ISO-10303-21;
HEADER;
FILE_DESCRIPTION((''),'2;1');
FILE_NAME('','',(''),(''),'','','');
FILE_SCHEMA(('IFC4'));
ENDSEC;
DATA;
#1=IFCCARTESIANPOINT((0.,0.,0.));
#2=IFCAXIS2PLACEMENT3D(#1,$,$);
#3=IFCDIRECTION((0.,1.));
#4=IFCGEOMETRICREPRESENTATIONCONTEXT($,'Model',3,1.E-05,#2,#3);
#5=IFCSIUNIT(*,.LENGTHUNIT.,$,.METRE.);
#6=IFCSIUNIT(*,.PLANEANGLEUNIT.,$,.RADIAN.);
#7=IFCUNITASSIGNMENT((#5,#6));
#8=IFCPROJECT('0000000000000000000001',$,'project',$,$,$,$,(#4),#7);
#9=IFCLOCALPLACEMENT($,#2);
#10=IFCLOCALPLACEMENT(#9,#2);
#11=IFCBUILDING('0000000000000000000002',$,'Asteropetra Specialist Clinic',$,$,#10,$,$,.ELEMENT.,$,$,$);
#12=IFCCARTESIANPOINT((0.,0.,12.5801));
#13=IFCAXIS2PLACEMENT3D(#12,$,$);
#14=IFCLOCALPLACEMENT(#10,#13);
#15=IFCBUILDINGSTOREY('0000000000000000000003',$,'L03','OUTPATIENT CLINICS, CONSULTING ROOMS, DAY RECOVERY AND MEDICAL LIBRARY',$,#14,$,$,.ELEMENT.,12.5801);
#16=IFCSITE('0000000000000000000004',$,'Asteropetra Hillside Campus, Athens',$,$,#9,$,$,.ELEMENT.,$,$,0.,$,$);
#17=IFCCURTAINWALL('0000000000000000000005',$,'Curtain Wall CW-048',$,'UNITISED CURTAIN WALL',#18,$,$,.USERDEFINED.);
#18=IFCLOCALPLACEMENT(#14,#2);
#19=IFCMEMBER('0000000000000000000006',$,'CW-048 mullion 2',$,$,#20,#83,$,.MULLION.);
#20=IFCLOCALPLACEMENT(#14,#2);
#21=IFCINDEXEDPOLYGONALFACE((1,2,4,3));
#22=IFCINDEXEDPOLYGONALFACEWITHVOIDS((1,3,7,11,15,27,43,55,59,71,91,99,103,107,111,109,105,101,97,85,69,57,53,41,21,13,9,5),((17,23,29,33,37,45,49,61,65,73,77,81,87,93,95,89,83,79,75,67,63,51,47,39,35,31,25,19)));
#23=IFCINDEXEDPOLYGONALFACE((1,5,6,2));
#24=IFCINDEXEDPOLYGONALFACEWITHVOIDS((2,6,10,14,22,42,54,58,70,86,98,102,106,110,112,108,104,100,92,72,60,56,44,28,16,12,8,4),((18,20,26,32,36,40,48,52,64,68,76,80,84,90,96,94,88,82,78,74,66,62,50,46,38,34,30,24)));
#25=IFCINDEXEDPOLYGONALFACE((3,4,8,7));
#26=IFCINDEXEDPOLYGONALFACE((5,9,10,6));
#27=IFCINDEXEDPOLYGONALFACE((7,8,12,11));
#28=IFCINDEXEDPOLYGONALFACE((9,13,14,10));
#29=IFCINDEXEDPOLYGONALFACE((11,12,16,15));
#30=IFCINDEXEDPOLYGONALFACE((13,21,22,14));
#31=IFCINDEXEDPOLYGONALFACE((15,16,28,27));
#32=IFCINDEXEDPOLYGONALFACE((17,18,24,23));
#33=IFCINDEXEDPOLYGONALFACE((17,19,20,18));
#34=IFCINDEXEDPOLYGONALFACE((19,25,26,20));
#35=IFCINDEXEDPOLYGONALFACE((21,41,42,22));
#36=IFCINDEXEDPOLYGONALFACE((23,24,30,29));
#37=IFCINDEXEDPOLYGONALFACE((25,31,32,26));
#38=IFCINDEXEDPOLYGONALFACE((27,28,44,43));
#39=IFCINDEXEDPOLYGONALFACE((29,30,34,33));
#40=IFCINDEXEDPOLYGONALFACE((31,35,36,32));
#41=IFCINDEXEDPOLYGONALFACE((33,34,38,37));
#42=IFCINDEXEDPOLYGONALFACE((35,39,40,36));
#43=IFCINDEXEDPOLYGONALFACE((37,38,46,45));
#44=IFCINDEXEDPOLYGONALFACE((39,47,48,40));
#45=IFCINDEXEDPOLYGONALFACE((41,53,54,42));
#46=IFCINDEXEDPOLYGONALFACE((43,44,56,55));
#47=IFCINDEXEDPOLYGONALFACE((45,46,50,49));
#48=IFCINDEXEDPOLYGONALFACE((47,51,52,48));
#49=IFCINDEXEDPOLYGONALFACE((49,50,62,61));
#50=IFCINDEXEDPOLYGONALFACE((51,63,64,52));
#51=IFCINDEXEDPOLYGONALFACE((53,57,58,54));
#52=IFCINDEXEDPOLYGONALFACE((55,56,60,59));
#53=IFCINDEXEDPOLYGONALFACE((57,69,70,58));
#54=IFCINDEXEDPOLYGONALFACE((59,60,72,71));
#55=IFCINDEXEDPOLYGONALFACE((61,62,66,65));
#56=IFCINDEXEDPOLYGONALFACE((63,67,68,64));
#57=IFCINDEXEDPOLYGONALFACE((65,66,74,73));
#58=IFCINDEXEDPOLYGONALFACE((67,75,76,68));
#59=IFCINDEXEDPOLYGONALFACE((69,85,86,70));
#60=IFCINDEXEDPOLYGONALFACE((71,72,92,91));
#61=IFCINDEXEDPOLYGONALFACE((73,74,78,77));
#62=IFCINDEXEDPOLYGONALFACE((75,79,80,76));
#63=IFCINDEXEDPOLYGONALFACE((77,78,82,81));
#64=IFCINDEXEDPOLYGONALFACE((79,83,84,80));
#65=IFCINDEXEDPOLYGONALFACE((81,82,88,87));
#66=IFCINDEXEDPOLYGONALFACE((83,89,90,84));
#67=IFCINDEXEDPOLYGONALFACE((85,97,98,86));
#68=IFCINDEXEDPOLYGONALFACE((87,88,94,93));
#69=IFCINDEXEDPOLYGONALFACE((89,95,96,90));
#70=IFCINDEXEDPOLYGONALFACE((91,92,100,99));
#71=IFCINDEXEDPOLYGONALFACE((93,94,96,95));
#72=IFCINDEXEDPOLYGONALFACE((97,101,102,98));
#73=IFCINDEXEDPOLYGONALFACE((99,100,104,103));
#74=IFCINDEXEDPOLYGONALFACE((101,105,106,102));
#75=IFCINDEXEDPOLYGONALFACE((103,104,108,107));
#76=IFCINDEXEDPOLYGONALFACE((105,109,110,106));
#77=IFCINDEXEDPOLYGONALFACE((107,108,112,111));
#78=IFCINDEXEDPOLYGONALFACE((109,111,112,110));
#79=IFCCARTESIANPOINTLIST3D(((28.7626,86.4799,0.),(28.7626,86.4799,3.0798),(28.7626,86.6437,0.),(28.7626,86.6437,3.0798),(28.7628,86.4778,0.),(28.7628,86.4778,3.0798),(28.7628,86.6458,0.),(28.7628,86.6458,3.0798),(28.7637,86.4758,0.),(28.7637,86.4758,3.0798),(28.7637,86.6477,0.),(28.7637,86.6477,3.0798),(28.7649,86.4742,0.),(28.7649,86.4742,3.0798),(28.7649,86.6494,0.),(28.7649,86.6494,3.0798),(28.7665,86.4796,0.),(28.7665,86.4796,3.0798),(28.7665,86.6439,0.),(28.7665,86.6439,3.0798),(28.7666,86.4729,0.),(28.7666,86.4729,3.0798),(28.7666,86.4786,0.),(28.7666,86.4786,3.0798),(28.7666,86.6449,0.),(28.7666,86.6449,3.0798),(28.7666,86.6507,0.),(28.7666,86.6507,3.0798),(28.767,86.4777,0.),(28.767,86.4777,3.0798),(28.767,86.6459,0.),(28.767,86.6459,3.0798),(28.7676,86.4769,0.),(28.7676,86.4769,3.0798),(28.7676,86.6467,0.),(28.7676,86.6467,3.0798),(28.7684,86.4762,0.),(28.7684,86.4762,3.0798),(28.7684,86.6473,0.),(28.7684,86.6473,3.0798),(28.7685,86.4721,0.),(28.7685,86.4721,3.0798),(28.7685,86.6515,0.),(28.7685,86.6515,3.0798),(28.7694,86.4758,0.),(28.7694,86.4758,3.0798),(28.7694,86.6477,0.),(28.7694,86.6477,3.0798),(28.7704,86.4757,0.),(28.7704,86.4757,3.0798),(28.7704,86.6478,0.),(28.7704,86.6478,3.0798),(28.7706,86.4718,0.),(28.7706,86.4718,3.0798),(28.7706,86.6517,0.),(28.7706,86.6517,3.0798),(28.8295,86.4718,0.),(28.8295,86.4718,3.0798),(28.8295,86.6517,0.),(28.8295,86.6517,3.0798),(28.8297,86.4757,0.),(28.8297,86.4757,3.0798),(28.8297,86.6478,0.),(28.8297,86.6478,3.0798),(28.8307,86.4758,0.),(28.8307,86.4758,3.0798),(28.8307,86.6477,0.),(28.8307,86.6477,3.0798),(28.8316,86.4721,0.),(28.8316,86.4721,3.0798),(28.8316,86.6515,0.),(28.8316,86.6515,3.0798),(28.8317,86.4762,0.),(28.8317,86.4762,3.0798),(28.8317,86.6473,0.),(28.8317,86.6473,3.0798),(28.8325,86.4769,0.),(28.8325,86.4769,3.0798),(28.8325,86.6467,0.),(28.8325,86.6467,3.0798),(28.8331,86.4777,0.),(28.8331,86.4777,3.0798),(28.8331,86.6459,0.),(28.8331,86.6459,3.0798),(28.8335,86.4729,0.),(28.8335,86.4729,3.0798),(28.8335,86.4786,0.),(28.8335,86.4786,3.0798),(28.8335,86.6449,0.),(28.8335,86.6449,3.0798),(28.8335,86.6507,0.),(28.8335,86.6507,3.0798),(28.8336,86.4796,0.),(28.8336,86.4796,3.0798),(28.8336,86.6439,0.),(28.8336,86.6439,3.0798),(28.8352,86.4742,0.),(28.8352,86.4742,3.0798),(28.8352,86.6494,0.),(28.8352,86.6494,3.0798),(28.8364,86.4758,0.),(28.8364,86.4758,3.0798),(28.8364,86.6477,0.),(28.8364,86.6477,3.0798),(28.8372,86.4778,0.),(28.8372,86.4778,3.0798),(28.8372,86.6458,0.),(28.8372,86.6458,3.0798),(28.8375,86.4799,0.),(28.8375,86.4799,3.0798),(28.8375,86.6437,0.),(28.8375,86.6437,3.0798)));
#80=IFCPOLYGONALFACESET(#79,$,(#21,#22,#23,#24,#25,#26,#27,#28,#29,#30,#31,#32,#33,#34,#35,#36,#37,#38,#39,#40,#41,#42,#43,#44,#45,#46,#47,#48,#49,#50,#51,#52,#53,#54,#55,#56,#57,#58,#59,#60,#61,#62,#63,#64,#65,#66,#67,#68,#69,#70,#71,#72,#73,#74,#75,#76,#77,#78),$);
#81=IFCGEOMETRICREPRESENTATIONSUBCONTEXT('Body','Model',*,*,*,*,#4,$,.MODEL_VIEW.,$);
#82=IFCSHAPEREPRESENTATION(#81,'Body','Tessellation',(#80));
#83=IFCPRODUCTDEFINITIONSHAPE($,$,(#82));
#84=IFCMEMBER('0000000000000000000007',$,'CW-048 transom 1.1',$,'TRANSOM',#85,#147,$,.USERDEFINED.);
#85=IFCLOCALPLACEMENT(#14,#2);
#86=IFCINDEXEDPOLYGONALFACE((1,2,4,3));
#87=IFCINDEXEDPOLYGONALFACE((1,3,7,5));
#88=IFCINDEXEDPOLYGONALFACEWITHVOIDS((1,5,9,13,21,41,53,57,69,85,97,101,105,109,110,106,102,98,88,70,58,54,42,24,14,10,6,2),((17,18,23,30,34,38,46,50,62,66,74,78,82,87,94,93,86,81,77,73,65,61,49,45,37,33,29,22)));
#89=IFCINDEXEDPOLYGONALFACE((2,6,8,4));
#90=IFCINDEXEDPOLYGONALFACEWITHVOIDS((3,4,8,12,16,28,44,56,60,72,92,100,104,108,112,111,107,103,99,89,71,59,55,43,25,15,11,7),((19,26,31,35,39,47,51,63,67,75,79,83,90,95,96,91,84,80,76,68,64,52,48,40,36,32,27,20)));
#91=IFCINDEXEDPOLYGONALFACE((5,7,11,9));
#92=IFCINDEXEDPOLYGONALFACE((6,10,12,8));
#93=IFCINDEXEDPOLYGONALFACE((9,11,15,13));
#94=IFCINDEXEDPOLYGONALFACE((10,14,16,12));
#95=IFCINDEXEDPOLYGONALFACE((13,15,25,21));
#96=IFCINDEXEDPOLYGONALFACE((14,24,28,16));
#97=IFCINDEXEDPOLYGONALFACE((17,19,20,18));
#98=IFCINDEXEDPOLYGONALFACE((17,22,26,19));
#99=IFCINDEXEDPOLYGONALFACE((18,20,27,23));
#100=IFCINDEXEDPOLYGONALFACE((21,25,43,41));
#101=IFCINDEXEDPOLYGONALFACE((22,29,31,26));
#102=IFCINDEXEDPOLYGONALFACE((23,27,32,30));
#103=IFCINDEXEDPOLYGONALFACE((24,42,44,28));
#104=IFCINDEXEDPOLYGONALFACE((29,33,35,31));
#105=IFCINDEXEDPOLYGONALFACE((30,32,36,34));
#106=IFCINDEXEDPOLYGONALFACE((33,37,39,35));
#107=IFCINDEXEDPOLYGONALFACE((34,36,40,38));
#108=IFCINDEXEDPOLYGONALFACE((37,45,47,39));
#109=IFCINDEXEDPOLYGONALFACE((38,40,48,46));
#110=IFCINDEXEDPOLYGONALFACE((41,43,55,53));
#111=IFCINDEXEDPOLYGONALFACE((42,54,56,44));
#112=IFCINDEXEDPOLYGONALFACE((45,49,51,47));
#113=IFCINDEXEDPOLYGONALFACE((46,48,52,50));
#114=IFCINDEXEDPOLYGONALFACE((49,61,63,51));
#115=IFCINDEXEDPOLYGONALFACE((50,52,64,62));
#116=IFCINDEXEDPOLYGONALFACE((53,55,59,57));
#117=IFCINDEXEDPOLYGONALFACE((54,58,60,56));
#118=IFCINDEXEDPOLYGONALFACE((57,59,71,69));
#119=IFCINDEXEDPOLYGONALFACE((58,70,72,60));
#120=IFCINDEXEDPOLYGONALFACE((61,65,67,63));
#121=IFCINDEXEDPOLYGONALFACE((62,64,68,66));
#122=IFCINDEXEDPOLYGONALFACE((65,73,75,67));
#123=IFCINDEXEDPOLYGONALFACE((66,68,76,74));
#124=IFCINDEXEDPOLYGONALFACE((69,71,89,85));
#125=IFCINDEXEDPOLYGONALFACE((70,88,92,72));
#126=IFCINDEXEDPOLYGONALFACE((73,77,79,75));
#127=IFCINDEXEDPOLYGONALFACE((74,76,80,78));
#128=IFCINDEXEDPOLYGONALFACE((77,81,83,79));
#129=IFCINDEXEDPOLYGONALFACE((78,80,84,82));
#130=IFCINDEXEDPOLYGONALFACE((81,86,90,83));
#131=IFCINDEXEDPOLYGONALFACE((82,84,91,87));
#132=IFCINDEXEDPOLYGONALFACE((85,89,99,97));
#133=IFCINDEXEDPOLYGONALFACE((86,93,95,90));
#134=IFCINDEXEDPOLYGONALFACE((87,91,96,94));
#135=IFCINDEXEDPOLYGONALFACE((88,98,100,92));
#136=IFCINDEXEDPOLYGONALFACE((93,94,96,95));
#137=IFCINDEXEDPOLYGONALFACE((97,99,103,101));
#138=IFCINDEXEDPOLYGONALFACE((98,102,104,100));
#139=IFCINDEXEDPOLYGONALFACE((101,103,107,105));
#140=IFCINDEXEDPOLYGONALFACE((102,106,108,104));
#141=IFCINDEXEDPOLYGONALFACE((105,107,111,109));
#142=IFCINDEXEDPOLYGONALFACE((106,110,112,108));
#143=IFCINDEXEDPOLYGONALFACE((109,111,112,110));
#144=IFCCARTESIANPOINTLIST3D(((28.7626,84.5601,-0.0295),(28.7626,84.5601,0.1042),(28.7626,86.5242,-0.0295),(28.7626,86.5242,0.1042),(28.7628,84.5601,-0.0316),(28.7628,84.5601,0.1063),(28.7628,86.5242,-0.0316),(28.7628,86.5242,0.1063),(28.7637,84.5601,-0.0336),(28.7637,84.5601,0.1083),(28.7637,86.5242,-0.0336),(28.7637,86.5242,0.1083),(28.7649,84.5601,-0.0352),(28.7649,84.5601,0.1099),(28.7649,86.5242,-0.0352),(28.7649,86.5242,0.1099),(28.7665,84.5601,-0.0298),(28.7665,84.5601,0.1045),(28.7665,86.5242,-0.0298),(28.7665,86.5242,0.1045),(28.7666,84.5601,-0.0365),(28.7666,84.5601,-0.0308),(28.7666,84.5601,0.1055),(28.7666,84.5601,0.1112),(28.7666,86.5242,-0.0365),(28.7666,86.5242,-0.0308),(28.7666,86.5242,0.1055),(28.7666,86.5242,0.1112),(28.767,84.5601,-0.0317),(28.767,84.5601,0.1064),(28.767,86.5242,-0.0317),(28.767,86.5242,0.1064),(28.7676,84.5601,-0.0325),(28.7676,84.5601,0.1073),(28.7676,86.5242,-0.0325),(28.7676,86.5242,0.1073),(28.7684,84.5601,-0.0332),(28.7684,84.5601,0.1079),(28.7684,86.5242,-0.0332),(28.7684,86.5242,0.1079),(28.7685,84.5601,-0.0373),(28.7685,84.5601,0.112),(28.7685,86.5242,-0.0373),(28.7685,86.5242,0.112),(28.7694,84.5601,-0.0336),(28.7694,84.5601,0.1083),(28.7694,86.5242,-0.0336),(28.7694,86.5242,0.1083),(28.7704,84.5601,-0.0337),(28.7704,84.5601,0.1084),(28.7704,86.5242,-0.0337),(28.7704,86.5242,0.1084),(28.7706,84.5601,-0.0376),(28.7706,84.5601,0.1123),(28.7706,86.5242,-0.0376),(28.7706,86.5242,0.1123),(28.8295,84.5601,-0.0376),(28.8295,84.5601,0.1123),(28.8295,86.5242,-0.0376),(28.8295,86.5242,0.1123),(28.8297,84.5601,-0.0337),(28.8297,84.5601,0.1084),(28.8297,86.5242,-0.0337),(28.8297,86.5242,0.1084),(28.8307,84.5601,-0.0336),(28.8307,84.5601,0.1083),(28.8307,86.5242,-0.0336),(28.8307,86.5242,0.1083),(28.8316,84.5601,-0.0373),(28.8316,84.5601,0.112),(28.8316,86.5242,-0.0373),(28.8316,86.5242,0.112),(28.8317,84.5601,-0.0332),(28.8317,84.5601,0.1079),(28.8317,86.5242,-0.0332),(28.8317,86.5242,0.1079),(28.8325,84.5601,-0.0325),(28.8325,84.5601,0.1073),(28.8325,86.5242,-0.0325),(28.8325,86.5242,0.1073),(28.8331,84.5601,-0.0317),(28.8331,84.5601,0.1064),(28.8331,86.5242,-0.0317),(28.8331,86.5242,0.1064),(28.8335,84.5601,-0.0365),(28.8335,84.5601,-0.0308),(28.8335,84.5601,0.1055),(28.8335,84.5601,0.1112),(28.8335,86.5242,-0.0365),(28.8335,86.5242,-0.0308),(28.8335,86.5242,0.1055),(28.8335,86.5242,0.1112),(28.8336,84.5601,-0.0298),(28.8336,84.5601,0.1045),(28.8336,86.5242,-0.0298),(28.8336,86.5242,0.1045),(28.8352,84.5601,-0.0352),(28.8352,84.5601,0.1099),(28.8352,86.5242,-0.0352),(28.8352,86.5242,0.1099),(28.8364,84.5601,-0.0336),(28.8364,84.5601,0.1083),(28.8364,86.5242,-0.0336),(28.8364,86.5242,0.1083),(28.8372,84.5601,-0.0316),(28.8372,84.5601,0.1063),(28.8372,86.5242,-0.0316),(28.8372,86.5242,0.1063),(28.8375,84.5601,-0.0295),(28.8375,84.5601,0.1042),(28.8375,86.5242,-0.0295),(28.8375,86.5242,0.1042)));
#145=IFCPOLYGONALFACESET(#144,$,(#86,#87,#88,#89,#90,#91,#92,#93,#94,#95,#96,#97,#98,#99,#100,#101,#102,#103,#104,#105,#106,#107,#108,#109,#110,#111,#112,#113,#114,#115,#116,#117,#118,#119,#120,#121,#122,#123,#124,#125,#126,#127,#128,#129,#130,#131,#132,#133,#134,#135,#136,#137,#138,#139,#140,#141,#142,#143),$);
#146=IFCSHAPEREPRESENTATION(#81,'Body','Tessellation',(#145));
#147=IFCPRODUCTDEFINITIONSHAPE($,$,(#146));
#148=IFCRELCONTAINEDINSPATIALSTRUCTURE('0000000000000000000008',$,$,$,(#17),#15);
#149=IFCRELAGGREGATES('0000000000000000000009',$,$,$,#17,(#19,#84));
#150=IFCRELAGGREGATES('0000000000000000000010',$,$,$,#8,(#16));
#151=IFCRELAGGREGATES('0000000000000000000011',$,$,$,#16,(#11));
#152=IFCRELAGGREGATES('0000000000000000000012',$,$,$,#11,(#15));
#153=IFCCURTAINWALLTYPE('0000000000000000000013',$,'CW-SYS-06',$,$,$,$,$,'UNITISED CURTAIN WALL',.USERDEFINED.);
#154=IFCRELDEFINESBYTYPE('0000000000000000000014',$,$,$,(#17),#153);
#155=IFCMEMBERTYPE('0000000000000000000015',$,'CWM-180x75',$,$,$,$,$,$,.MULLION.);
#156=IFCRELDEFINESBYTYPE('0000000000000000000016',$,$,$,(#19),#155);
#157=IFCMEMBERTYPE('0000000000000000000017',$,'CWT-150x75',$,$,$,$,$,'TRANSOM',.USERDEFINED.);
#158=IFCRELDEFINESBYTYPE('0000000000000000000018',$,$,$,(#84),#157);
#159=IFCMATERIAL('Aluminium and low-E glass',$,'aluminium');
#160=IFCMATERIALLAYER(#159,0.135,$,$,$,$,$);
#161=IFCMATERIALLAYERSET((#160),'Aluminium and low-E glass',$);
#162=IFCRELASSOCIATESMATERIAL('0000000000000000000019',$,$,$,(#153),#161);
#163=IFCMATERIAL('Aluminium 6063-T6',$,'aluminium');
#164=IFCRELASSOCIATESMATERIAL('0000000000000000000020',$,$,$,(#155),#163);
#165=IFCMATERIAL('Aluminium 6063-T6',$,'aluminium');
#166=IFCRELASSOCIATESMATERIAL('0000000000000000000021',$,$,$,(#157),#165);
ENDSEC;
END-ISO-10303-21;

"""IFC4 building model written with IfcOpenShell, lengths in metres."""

from ifc_helpers import new_model, si_unit, direction, frame, origin, origin_2d, place, context, subcontext, project, spatial, hollow_rectangle, extrude, material, layer, layer_set, material_profile, profile_set, type_object, element, aggregate, save


model = new_model("IFC4")

# Units and contexts
model_context = context("Model", 3, precision=1e-05, world=origin(), true_north=direction((0.0, 1.0)))
body_context = subcontext(model_context, "Body", "Model", "MODEL_VIEW")
ifc_project = project(units=[si_unit("LENGTHUNIT", "METRE"), si_unit("PLANEANGLEUNIT", "RADIAN")], contexts=[model_context])

# Site, building, storey
site_placement = place(None, origin())
site = spatial("IfcSite", under=ifc_project, at=site_placement, Name="Asteropetra Hillside Campus, Athens", CompositionType="ELEMENT", RefElevation=0.0)
building_placement = place(site_placement, origin())
building = spatial("IfcBuilding", under=site, at=building_placement, Name="Asteropetra Specialist Clinic", CompositionType="ELEMENT")
storey_placement = place(building_placement, frame((0.0, 0.0, 12.5801)))
storey = spatial("IfcBuildingStorey", under=building, at=storey_placement, Name="L03", Description="OUTPATIENT CLINICS, CONSULTING ROOMS, DAY RECOVERY AND MEDICAL LIBRARY", CompositionType="ELEMENT", Elevation=12.5801)

# Curtain wall, members
ifc_material_1 = material(Name="Aluminium and low-E glass", Category="aluminium")
ifc_layer_1 = layer(ifc_material_1, 0.135)
ifc_layer_set_1 = layer_set([ifc_layer_1], Name="Aluminium and low-E glass")
curtain_wall_type = type_object("IfcCurtainWallType", Name="CW-SYS-06", ElementType="UNITISED CURTAIN WALL", PredefinedType="USERDEFINED", material=ifc_layer_set_1)
curtain_wall_placement = place(storey_placement, origin())
curtain_wall = element("IfcCurtainWall", 1, at=curtain_wall_placement, inside=storey, type_object=curtain_wall_type, Name="Curtain Wall CW-048", ObjectType="UNITISED CURTAIN WALL", PredefinedType="USERDEFINED")
ifc_material_2 = material(Name="Aluminium 6063-T6", Category="aluminium")
ifc_material_profile_1 = material_profile(ifc_material_2, hollow_rectangle(XDim=0.075, YDim=0.1799, WallThickness=0.0039, InnerFilletRadius=0.0039, OuterFilletRadius=0.0081, at=origin_2d()), Name="MUL 180x75x4.0")
ifc_profile_set_1 = profile_set([ifc_material_profile_1], Name="Aluminium 6063-T6")
member_type_1 = type_object("IfcMemberType", Name="CWM-180x75", PredefinedType="MULLION", material=ifc_profile_set_1)
member_1_placement = place(storey_placement, frame((28.8, 86.5618, 0.0), z_axis=(0.0, 0.0, 1.0), x_axis=(-1.0, 0.0, 0.0)))
member_1 = element("IfcMember", 2, at=member_1_placement, type_object=member_type_1, Name="CW-048 mullion 2", PredefinedType="MULLION", context=body_context, shape_type="SweptSolid", body=[
    extrude(hollow_rectangle(XDim=0.075, YDim=0.1799, WallThickness=0.0039, InnerFilletRadius=0.0039, OuterFilletRadius=0.0081, at=origin_2d()), origin(), (0.0, 0.0, 1.0), 3.0798),
])
ifc_material_3 = material(Name="Aluminium 6063-T6", Category="aluminium")
ifc_material_profile_2 = material_profile(ifc_material_3, hollow_rectangle(XDim=0.075, YDim=0.1499, WallThickness=0.0039, InnerFilletRadius=0.0039, OuterFilletRadius=0.0081, at=origin_2d()), Name="TRN 150x75x4.0")
ifc_profile_set_2 = profile_set([ifc_material_profile_2], Name="Aluminium 6063-T6")
member_type_2 = type_object("IfcMemberType", Name="CWT-150x75", ElementType="TRANSOM", PredefinedType="USERDEFINED", material=ifc_profile_set_2)
member_2_placement = place(storey_placement, frame((28.8, 84.5601, 0.0374), z_axis=(0.0, 1.0, 0.0), x_axis=(-1.0, 0.0, 0.0)))
member_2 = element("IfcMember", 3, at=member_2_placement, type_object=member_type_2, Name="CW-048 transom 1.1", ObjectType="TRANSOM", PredefinedType="USERDEFINED", context=body_context, shape_type="SweptSolid", body=[
    extrude(hollow_rectangle(XDim=0.075, YDim=0.1499, WallThickness=0.0039, InnerFilletRadius=0.0039, OuterFilletRadius=0.0081, at=origin_2d()), origin(), (0.0, 0.0, 1.0), 1.9641),
])

aggregate(curtain_wall, [member_1, member_2])

save(model, "model.ifc")
